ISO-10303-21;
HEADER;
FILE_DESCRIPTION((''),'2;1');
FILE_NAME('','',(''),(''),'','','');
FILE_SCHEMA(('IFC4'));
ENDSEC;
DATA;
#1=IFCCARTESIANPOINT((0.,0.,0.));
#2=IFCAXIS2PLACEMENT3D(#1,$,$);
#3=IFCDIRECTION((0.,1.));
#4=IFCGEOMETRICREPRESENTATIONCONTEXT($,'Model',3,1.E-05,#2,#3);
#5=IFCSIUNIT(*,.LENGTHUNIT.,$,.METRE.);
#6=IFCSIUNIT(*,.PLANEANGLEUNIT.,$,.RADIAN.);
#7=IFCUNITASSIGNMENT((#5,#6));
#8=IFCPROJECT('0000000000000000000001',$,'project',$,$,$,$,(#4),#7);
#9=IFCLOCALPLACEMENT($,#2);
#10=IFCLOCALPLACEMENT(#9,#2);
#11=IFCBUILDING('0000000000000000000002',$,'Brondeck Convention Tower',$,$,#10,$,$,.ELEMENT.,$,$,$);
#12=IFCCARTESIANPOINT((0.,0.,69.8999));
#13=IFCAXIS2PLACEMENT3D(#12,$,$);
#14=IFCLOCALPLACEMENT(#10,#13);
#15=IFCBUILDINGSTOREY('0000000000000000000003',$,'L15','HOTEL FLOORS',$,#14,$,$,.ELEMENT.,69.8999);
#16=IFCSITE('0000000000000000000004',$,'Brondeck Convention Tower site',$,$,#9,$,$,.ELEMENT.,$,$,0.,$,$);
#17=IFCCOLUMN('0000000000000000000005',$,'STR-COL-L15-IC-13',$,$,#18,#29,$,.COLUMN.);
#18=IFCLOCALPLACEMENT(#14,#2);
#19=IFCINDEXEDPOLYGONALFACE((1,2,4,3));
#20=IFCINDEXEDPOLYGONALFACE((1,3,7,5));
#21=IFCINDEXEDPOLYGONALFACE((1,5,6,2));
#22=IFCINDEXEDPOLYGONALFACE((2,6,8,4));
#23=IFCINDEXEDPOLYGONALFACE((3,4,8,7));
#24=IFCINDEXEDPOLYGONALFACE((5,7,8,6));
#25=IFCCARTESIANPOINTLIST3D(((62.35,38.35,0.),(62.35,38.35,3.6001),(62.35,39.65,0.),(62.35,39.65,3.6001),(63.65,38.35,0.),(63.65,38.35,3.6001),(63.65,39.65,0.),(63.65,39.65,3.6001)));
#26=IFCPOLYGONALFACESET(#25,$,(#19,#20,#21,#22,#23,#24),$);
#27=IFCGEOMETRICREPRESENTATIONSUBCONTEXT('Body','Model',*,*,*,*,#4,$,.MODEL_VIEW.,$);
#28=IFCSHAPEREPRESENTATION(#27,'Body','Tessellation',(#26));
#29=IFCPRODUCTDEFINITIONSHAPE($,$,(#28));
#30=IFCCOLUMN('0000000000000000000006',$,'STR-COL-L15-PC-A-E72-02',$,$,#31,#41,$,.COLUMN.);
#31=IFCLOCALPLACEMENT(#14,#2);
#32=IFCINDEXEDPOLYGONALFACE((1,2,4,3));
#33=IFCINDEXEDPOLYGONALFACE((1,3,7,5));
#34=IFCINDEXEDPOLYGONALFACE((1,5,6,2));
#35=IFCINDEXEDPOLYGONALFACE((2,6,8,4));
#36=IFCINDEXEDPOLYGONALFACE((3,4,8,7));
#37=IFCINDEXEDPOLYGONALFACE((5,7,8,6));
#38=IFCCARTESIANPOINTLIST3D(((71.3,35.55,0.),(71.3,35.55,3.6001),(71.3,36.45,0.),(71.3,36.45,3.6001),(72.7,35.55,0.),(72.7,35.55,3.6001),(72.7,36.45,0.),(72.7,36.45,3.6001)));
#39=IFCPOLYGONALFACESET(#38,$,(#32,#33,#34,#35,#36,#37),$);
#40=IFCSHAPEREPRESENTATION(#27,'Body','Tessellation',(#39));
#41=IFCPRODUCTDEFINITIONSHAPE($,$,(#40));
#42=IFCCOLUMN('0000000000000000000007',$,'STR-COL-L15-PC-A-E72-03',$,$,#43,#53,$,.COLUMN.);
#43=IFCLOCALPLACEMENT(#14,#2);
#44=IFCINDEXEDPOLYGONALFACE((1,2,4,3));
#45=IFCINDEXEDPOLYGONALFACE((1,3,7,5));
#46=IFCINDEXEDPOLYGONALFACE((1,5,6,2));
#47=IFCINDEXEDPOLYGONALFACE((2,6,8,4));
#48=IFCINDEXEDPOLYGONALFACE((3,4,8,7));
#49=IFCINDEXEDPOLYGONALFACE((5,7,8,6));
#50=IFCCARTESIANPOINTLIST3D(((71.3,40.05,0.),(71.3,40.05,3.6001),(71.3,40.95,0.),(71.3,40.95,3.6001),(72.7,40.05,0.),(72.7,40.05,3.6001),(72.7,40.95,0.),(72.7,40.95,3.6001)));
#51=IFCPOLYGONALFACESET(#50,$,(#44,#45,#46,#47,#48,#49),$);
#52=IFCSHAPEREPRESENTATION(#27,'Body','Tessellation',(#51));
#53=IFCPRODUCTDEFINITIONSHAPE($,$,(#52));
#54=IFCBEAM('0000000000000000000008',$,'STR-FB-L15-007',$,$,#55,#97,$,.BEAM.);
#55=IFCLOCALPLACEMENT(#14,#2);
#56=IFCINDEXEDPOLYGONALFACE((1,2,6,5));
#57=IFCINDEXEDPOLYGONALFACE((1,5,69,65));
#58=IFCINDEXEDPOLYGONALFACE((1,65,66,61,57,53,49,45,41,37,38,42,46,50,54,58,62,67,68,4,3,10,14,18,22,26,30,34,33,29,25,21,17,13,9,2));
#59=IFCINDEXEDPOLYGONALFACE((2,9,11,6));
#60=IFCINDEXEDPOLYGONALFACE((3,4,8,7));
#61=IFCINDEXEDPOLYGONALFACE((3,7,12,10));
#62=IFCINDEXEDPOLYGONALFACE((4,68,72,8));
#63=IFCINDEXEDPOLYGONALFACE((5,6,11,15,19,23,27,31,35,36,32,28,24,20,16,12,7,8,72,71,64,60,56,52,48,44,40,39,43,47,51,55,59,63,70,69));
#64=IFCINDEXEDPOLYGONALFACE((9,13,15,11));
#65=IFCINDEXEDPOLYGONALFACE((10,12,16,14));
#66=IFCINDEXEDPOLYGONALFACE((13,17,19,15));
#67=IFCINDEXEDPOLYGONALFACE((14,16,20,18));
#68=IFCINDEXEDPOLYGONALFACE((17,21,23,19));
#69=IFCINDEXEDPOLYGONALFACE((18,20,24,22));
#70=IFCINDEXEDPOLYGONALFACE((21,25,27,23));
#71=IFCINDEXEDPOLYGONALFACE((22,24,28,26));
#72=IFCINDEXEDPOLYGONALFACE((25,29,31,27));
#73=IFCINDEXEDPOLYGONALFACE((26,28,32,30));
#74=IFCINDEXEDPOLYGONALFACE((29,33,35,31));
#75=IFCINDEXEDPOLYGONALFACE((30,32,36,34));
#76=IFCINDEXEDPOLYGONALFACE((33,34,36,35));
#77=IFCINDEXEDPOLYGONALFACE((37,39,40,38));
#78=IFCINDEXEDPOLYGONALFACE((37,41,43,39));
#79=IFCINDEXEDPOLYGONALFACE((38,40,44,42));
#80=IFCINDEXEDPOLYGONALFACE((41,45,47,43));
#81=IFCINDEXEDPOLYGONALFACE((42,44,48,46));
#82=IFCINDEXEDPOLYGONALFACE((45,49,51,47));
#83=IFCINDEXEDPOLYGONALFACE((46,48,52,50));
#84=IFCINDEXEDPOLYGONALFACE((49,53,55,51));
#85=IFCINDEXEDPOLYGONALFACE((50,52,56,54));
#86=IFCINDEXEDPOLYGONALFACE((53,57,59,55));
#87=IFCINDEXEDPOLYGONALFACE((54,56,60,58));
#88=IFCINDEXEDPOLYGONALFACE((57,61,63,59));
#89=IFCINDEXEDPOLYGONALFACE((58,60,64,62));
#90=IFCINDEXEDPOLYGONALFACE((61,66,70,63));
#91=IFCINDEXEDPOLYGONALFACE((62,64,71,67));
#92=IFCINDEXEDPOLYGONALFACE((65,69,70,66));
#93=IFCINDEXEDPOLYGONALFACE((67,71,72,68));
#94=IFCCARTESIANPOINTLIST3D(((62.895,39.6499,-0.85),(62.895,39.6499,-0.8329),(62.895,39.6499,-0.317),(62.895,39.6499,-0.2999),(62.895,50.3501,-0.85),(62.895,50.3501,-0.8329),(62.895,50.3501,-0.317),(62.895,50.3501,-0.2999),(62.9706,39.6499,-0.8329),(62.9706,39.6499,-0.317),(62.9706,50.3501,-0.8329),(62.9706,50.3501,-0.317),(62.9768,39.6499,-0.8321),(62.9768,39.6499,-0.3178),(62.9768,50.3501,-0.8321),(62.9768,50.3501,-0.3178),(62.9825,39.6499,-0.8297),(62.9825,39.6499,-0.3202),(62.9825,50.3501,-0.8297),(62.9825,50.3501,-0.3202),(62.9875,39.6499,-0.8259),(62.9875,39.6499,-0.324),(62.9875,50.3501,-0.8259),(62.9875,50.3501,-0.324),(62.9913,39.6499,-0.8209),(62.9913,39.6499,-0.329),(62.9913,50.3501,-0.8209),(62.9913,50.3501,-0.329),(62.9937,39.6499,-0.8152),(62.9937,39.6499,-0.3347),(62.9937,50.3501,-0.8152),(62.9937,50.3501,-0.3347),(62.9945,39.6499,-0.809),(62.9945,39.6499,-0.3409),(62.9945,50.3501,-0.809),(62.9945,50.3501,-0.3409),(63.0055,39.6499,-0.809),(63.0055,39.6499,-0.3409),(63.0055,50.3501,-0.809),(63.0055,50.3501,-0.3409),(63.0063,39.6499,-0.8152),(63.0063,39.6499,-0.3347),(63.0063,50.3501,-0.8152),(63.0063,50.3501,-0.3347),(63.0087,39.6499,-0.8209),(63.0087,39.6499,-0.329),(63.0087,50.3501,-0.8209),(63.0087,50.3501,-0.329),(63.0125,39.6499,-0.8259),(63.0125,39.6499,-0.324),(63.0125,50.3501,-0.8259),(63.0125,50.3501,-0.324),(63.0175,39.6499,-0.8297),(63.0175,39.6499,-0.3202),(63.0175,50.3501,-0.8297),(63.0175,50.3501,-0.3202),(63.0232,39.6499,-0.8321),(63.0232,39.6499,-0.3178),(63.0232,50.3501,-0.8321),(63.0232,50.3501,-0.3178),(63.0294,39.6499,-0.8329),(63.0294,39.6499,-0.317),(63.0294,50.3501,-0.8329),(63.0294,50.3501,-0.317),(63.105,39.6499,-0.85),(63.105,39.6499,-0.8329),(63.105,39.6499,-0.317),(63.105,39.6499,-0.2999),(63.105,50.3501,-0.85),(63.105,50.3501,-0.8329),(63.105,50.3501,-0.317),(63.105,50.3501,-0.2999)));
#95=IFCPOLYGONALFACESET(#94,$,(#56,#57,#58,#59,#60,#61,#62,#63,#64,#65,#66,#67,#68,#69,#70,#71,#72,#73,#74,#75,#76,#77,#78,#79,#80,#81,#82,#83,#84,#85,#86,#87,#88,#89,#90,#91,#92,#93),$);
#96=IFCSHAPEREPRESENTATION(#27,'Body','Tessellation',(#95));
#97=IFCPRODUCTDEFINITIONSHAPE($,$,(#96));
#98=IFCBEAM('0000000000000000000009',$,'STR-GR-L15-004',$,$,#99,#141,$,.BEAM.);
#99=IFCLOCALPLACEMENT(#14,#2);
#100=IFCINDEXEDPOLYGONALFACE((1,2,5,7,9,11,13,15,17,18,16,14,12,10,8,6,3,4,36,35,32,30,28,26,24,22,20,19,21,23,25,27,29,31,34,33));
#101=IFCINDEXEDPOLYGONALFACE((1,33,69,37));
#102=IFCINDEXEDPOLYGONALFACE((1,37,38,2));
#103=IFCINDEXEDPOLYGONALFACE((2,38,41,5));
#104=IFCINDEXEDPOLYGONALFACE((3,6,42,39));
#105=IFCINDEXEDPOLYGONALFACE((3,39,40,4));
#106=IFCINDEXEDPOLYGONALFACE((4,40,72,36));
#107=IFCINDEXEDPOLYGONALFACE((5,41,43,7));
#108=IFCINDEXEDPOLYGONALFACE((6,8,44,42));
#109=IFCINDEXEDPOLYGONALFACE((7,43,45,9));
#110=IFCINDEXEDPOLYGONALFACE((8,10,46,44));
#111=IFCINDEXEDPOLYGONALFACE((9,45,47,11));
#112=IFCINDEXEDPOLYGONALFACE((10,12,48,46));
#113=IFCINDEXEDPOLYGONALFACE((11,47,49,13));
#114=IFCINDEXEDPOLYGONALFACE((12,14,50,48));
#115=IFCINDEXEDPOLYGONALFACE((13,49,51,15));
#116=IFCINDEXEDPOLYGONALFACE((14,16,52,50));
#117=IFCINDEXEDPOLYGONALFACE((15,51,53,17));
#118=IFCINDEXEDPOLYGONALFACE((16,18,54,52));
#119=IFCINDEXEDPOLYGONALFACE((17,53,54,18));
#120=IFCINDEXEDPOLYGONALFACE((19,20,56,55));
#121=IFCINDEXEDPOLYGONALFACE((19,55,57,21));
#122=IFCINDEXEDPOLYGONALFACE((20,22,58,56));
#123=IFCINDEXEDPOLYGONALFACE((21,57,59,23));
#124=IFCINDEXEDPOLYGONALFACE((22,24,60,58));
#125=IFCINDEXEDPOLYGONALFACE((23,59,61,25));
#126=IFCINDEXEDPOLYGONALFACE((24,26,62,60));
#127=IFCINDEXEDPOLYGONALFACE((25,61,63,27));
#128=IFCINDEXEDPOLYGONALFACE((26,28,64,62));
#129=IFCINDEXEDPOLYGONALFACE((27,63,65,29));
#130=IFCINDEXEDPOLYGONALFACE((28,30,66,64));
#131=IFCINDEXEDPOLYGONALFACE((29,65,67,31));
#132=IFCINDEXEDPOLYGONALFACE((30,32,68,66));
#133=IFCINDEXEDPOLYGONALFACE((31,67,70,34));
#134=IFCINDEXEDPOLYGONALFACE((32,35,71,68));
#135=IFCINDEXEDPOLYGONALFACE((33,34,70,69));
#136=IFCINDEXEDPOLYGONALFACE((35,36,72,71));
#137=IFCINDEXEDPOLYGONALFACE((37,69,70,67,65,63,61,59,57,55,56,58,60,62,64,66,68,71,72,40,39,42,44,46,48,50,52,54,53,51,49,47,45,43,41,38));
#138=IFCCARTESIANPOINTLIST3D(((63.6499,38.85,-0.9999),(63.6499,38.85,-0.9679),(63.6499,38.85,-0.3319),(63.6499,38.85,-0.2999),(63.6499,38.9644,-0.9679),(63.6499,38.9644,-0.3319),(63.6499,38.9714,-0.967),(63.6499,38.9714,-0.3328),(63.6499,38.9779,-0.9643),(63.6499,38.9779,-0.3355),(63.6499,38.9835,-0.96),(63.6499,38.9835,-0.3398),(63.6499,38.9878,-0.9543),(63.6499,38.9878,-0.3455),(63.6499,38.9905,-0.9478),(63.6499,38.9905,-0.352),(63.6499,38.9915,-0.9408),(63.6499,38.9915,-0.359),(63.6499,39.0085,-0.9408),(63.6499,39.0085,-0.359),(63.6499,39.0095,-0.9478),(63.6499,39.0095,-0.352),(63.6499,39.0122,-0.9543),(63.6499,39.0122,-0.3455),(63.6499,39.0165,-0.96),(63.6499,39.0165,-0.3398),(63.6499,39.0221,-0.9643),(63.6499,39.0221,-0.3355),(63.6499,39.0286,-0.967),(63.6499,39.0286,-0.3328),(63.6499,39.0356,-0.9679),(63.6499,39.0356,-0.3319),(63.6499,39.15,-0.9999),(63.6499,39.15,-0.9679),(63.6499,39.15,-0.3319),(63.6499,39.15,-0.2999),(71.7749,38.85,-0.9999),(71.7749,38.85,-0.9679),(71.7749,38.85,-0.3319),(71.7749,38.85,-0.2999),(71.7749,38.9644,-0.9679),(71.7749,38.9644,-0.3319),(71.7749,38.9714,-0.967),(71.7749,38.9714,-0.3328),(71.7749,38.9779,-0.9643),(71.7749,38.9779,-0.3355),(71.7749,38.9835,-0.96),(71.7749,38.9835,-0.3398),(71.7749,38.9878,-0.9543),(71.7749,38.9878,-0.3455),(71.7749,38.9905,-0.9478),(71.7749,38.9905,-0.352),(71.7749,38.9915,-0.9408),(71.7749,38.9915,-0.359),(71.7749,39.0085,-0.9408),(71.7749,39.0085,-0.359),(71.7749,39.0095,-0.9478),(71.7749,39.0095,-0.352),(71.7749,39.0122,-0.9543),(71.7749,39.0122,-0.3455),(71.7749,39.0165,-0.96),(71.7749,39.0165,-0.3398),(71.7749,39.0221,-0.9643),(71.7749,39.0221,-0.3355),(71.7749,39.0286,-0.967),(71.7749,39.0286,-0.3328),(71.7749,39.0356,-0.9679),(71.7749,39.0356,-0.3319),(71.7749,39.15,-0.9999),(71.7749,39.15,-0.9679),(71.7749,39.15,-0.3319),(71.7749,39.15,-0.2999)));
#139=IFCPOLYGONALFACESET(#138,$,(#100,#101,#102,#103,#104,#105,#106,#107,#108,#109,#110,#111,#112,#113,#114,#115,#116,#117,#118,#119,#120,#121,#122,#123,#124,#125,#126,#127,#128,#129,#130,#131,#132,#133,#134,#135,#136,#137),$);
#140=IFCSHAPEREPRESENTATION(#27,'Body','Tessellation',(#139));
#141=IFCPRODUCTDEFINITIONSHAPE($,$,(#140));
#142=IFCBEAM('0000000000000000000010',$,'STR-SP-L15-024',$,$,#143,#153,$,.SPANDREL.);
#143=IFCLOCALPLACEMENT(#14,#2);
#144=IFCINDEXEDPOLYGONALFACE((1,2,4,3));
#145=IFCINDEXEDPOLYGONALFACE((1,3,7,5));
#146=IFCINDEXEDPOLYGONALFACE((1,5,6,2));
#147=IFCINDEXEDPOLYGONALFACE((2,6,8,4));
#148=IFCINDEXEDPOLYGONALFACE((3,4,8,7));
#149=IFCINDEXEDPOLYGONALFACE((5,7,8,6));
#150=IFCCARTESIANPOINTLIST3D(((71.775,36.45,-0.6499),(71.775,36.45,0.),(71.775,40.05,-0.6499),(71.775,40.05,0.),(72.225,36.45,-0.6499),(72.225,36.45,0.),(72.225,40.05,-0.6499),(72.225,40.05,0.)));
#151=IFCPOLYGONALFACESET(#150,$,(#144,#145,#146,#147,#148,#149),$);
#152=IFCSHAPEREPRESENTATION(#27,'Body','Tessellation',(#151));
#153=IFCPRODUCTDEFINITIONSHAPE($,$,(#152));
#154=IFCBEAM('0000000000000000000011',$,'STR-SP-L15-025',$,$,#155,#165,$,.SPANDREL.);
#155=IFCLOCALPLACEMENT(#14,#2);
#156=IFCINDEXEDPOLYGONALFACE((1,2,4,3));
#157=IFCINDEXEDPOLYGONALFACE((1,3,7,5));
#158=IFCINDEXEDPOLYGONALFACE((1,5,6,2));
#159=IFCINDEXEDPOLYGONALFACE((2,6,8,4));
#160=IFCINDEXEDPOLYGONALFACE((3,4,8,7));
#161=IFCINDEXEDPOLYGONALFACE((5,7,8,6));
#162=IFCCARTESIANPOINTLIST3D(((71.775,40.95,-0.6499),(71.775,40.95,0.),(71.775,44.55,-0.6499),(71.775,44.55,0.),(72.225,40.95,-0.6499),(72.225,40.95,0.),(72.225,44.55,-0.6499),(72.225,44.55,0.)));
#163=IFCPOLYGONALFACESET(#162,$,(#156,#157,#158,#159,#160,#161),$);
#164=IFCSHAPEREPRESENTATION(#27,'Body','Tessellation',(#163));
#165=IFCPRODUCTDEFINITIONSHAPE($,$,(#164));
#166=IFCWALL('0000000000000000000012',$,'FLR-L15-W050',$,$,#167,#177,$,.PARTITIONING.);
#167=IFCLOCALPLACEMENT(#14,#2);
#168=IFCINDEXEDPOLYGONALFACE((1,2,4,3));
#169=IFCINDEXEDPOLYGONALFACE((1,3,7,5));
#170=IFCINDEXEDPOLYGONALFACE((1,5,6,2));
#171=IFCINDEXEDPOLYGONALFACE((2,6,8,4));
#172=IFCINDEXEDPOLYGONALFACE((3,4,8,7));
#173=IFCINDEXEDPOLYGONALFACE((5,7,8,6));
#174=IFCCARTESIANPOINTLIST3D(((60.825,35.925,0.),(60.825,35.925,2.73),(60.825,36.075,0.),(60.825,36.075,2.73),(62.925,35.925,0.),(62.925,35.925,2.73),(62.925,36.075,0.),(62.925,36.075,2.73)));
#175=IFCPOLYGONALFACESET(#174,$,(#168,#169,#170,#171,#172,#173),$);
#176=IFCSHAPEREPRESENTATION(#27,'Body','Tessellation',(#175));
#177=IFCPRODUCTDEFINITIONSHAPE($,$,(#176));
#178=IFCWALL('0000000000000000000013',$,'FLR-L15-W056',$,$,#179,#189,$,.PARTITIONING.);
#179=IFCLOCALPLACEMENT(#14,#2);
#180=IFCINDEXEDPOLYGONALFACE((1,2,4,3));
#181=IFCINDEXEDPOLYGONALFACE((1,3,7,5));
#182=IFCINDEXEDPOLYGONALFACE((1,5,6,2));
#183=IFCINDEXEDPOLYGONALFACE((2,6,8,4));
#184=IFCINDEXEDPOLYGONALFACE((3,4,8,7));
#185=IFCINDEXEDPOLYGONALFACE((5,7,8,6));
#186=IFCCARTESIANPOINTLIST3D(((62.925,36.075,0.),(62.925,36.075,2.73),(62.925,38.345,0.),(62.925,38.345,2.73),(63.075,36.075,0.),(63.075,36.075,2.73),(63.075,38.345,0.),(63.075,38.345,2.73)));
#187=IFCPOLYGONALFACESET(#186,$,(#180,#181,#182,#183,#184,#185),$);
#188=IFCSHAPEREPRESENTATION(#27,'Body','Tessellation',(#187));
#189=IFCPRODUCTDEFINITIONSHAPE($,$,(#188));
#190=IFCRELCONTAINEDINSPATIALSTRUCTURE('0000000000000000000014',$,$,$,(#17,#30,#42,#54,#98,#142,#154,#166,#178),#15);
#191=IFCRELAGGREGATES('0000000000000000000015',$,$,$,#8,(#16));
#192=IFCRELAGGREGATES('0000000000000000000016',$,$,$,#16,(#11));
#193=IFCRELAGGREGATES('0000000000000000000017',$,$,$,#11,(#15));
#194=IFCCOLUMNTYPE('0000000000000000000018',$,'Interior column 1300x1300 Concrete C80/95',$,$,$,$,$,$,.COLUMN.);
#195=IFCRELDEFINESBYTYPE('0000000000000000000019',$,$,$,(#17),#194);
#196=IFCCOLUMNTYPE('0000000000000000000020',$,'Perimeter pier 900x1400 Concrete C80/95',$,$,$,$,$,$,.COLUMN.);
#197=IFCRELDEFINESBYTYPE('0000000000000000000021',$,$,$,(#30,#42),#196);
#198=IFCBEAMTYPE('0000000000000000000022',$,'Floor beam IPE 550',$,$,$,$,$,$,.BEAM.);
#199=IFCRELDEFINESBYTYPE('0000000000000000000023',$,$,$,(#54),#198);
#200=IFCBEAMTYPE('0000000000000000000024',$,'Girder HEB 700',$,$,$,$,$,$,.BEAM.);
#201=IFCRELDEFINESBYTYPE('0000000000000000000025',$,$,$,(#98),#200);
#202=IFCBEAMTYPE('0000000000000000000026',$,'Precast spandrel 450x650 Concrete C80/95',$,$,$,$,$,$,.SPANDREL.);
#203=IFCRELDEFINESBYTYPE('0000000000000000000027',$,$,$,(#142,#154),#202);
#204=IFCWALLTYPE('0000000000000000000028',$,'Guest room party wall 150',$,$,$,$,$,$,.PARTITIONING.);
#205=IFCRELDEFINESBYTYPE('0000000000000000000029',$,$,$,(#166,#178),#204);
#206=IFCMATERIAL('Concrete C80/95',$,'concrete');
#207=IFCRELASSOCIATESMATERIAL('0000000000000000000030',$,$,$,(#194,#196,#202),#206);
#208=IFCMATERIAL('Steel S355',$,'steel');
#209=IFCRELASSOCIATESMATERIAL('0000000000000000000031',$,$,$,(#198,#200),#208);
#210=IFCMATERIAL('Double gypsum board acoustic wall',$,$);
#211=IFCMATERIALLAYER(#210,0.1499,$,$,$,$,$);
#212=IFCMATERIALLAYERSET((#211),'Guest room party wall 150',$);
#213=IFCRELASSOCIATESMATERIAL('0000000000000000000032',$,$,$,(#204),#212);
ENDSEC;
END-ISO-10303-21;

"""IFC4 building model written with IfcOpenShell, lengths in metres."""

from ifc_helpers import new_model, si_unit, direction, frame, frame_2d, origin, origin_2d, place, context, subcontext, project, spatial, rectangle, i_section, extrude, material, layer, layer_set, material_profile, profile_set, type_object, element, save


model = new_model("IFC4")

# Units and contexts
model_context = context("Model", 3, precision=1e-05, world=origin(), true_north=direction((0.0, 1.0)))
body_context = subcontext(model_context, "Body", "Model", "MODEL_VIEW")
ifc_project = project(units=[si_unit("LENGTHUNIT", "METRE"), si_unit("PLANEANGLEUNIT", "RADIAN")], contexts=[model_context])

# Site, building, storey
site_placement = place(None, origin())
site = spatial("IfcSite", under=ifc_project, at=site_placement, Name="Brondeck Convention Tower site", CompositionType="ELEMENT", RefElevation=0.0)
building_placement = place(site_placement, origin())
building = spatial("IfcBuilding", under=site, at=building_placement, Name="Brondeck Convention Tower", CompositionType="ELEMENT")
storey_placement = place(building_placement, frame((0.0, 0.0, 69.8999)))
storey = spatial("IfcBuildingStorey", under=building, at=storey_placement, Name="L15", Description="HOTEL FLOORS", CompositionType="ELEMENT", Elevation=69.8999)

# Columns
ifc_material_1 = material(Name="Concrete C80/95", Category="concrete")
ifc_material_profile_1 = material_profile(ifc_material_1, rectangle(XDim=1.3, YDim=1.3, at=origin_2d()), Name="Interior column 1300x1300 Concrete C80/95")
ifc_profile_set_1 = profile_set([ifc_material_profile_1], Name="Concrete C80/95")
column_type_1 = type_object("IfcColumnType", Name="Interior column 1300x1300 Concrete C80/95", PredefinedType="COLUMN", material=ifc_profile_set_1)
column_placement = place(storey_placement, frame((63.0, 39.0, 0.0), z_axis=(0.0, 0.0, 1.0), x_axis=(1.0, 0.0, 0.0)))
element("IfcColumn", 1, at=column_placement, inside=storey, type_object=column_type_1, Name="STR-COL-L15-IC-13", PredefinedType="COLUMN", context=body_context, shape_type="SweptSolid", body=[
    extrude(rectangle(XDim=1.3, YDim=1.3, at=origin_2d()), origin(), (0.0, 0.0, 1.0), 3.6001),
])
ifc_material_profile_2 = material_profile(ifc_material_1, rectangle(XDim=0.8999, YDim=1.3999, at=origin_2d()), Name="Perimeter pier 900x1400 Concrete C80/95")
ifc_profile_set_2 = profile_set([ifc_material_profile_2], Name="Concrete C80/95")
column_type_2 = type_object("IfcColumnType", Name="Perimeter pier 900x1400 Concrete C80/95", PredefinedType="COLUMN", material=ifc_profile_set_2)
for number, where, z_axis, x_axis, name in (
    (2, (72.0, 36.0, 0.0), (0.0, 0.0, 1.0), (0.0, 1.0, 0.0), "STR-COL-L15-PC-A-E72-02"),
    (3, (72.0, 40.5, 0.0), (0.0, 0.0, 1.0), (0.0, 1.0, 0.0), "STR-COL-L15-PC-A-E72-03"),
):
    element("IfcColumn", number, at=place(storey_placement, frame(where, z_axis=z_axis, x_axis=x_axis)), inside=storey, type_object=column_type_2, Name=name, PredefinedType="COLUMN", context=body_context, shape_type="SweptSolid", body=[
        extrude(rectangle(XDim=0.8999, YDim=1.3999, at=origin_2d()), origin(), (0.0, 0.0, 1.0), 3.6001),
    ])

# Beams
ifc_material_2 = material(Name="Steel S355", Category="steel")
ifc_material_profile_3 = material_profile(ifc_material_2, i_section(OverallWidth=0.21, OverallDepth=0.55, WebThickness=0.011, FlangeThickness=0.0171, FilletRadius=0.0239, at=origin_2d()), Name="IPE 550")
ifc_profile_set_3 = profile_set([ifc_material_profile_3], Name="Steel S355")
beam_type_1 = type_object("IfcBeamType", Name="Floor beam IPE 550", PredefinedType="BEAM", material=ifc_profile_set_3)
beam_1_placement = place(storey_placement, frame((63.0, 39.6499, -0.575), z_axis=(0.0, 1.0, 0.0), x_axis=(-1.0, 0.0, 0.0)))
element("IfcBeam", 4, at=beam_1_placement, inside=storey, type_object=beam_type_1, Name="STR-FB-L15-007", PredefinedType="BEAM", context=body_context, shape_type="SweptSolid", body=[
    extrude(i_section(OverallWidth=0.21, OverallDepth=0.55, WebThickness=0.011, FlangeThickness=0.0171, FilletRadius=0.0239, at=origin_2d()), origin(), (0.0, 0.0, 1.0), 10.7002),
])
ifc_material_profile_4 = material_profile(ifc_material_2, i_section(OverallWidth=0.3, OverallDepth=0.7, WebThickness=0.0171, FlangeThickness=0.032, FilletRadius=0.0271, at=origin_2d()), Name="HEB 700")
ifc_profile_set_4 = profile_set([ifc_material_profile_4], Name="Steel S355")
beam_type_2 = type_object("IfcBeamType", Name="Girder HEB 700", PredefinedType="BEAM", material=ifc_profile_set_4)
beam_2_placement = place(storey_placement, frame((63.6499, 39.0, -0.6499), z_axis=(1.0, 0.0, 0.0), x_axis=(0.0, 1.0, 0.0)))
element("IfcBeam", 5, at=beam_2_placement, inside=storey, type_object=beam_type_2, Name="STR-GR-L15-004", PredefinedType="BEAM", context=body_context, shape_type="SweptSolid", body=[
    extrude(i_section(OverallWidth=0.3, OverallDepth=0.7, WebThickness=0.0171, FlangeThickness=0.032, FilletRadius=0.0271, at=origin_2d()), origin(), (0.0, 0.0, 1.0), 8.125),
])
ifc_material_profile_5 = material_profile(ifc_material_1, rectangle(XDim=0.45, YDim=0.6499, at=origin_2d()), Name="Precast spandrel 450x650 Concrete C80/95")
ifc_profile_set_5 = profile_set([ifc_material_profile_5], Name="Concrete C80/95")
beam_type_3 = type_object("IfcBeamType", Name="Precast spandrel 450x650 Concrete C80/95", PredefinedType="SPANDREL", material=ifc_profile_set_5)
for number, where, z_axis, x_axis, name in (
    (6, (72.0, 36.45, -0.325), (0.0, 1.0, 0.0), (-1.0, 0.0, 0.0), "STR-SP-L15-024"),
    (7, (72.0, 40.95, -0.325), (0.0, 1.0, 0.0), (-1.0, 0.0, 0.0), "STR-SP-L15-025"),
):
    element("IfcBeam", number, at=place(storey_placement, frame(where, z_axis=z_axis, x_axis=x_axis)), inside=storey, type_object=beam_type_3, Name=name, PredefinedType="SPANDREL", context=body_context, shape_type="SweptSolid", body=[
        extrude(rectangle(XDim=0.45, YDim=0.6499, at=origin_2d()), origin(), (0.0, 0.0, 1.0), 3.6001),
    ])

# Walls
ifc_material_3 = material(Name="Double gypsum board acoustic wall")
ifc_layer_1 = layer(ifc_material_3, 0.1499)
ifc_layer_set_1 = layer_set([ifc_layer_1], Name="Guest room party wall 150")
wall_type_1 = type_object("IfcWallType", Name="Guest room party wall 150", PredefinedType="PARTITIONING", material=ifc_layer_set_1)
wall_1_placement = place(storey_placement, frame((60.825, 36.0, 0.0), z_axis=(0.0, 0.0, 1.0), x_axis=(1.0, 0.0, 0.0)))
element("IfcWall", 8, at=wall_1_placement, inside=storey, type_object=wall_type_1, Name="FLR-L15-W050", PredefinedType="PARTITIONING", context=body_context, shape_type="SweptSolid", body=[
    extrude(rectangle(XDim=2.1001, YDim=0.1499, at=frame_2d((1.05, 0.0))), origin(), (0.0, 0.0, 1.0), 2.73),
])
wall_2_placement = place(storey_placement, frame((63.0, 38.345, 0.0), z_axis=(0.0, 0.0, 1.0), x_axis=(0.0, -1.0, 0.0)))
element("IfcWall", 9, at=wall_2_placement, inside=storey, type_object=wall_type_1, Name="FLR-L15-W056", PredefinedType="PARTITIONING", context=body_context, shape_type="SweptSolid", body=[
    extrude(rectangle(XDim=2.27, YDim=0.1499, at=frame_2d((1.135, 0.0))), origin(), (0.0, 0.0, 1.0), 2.73),
])

save(model, "model.ifc")
